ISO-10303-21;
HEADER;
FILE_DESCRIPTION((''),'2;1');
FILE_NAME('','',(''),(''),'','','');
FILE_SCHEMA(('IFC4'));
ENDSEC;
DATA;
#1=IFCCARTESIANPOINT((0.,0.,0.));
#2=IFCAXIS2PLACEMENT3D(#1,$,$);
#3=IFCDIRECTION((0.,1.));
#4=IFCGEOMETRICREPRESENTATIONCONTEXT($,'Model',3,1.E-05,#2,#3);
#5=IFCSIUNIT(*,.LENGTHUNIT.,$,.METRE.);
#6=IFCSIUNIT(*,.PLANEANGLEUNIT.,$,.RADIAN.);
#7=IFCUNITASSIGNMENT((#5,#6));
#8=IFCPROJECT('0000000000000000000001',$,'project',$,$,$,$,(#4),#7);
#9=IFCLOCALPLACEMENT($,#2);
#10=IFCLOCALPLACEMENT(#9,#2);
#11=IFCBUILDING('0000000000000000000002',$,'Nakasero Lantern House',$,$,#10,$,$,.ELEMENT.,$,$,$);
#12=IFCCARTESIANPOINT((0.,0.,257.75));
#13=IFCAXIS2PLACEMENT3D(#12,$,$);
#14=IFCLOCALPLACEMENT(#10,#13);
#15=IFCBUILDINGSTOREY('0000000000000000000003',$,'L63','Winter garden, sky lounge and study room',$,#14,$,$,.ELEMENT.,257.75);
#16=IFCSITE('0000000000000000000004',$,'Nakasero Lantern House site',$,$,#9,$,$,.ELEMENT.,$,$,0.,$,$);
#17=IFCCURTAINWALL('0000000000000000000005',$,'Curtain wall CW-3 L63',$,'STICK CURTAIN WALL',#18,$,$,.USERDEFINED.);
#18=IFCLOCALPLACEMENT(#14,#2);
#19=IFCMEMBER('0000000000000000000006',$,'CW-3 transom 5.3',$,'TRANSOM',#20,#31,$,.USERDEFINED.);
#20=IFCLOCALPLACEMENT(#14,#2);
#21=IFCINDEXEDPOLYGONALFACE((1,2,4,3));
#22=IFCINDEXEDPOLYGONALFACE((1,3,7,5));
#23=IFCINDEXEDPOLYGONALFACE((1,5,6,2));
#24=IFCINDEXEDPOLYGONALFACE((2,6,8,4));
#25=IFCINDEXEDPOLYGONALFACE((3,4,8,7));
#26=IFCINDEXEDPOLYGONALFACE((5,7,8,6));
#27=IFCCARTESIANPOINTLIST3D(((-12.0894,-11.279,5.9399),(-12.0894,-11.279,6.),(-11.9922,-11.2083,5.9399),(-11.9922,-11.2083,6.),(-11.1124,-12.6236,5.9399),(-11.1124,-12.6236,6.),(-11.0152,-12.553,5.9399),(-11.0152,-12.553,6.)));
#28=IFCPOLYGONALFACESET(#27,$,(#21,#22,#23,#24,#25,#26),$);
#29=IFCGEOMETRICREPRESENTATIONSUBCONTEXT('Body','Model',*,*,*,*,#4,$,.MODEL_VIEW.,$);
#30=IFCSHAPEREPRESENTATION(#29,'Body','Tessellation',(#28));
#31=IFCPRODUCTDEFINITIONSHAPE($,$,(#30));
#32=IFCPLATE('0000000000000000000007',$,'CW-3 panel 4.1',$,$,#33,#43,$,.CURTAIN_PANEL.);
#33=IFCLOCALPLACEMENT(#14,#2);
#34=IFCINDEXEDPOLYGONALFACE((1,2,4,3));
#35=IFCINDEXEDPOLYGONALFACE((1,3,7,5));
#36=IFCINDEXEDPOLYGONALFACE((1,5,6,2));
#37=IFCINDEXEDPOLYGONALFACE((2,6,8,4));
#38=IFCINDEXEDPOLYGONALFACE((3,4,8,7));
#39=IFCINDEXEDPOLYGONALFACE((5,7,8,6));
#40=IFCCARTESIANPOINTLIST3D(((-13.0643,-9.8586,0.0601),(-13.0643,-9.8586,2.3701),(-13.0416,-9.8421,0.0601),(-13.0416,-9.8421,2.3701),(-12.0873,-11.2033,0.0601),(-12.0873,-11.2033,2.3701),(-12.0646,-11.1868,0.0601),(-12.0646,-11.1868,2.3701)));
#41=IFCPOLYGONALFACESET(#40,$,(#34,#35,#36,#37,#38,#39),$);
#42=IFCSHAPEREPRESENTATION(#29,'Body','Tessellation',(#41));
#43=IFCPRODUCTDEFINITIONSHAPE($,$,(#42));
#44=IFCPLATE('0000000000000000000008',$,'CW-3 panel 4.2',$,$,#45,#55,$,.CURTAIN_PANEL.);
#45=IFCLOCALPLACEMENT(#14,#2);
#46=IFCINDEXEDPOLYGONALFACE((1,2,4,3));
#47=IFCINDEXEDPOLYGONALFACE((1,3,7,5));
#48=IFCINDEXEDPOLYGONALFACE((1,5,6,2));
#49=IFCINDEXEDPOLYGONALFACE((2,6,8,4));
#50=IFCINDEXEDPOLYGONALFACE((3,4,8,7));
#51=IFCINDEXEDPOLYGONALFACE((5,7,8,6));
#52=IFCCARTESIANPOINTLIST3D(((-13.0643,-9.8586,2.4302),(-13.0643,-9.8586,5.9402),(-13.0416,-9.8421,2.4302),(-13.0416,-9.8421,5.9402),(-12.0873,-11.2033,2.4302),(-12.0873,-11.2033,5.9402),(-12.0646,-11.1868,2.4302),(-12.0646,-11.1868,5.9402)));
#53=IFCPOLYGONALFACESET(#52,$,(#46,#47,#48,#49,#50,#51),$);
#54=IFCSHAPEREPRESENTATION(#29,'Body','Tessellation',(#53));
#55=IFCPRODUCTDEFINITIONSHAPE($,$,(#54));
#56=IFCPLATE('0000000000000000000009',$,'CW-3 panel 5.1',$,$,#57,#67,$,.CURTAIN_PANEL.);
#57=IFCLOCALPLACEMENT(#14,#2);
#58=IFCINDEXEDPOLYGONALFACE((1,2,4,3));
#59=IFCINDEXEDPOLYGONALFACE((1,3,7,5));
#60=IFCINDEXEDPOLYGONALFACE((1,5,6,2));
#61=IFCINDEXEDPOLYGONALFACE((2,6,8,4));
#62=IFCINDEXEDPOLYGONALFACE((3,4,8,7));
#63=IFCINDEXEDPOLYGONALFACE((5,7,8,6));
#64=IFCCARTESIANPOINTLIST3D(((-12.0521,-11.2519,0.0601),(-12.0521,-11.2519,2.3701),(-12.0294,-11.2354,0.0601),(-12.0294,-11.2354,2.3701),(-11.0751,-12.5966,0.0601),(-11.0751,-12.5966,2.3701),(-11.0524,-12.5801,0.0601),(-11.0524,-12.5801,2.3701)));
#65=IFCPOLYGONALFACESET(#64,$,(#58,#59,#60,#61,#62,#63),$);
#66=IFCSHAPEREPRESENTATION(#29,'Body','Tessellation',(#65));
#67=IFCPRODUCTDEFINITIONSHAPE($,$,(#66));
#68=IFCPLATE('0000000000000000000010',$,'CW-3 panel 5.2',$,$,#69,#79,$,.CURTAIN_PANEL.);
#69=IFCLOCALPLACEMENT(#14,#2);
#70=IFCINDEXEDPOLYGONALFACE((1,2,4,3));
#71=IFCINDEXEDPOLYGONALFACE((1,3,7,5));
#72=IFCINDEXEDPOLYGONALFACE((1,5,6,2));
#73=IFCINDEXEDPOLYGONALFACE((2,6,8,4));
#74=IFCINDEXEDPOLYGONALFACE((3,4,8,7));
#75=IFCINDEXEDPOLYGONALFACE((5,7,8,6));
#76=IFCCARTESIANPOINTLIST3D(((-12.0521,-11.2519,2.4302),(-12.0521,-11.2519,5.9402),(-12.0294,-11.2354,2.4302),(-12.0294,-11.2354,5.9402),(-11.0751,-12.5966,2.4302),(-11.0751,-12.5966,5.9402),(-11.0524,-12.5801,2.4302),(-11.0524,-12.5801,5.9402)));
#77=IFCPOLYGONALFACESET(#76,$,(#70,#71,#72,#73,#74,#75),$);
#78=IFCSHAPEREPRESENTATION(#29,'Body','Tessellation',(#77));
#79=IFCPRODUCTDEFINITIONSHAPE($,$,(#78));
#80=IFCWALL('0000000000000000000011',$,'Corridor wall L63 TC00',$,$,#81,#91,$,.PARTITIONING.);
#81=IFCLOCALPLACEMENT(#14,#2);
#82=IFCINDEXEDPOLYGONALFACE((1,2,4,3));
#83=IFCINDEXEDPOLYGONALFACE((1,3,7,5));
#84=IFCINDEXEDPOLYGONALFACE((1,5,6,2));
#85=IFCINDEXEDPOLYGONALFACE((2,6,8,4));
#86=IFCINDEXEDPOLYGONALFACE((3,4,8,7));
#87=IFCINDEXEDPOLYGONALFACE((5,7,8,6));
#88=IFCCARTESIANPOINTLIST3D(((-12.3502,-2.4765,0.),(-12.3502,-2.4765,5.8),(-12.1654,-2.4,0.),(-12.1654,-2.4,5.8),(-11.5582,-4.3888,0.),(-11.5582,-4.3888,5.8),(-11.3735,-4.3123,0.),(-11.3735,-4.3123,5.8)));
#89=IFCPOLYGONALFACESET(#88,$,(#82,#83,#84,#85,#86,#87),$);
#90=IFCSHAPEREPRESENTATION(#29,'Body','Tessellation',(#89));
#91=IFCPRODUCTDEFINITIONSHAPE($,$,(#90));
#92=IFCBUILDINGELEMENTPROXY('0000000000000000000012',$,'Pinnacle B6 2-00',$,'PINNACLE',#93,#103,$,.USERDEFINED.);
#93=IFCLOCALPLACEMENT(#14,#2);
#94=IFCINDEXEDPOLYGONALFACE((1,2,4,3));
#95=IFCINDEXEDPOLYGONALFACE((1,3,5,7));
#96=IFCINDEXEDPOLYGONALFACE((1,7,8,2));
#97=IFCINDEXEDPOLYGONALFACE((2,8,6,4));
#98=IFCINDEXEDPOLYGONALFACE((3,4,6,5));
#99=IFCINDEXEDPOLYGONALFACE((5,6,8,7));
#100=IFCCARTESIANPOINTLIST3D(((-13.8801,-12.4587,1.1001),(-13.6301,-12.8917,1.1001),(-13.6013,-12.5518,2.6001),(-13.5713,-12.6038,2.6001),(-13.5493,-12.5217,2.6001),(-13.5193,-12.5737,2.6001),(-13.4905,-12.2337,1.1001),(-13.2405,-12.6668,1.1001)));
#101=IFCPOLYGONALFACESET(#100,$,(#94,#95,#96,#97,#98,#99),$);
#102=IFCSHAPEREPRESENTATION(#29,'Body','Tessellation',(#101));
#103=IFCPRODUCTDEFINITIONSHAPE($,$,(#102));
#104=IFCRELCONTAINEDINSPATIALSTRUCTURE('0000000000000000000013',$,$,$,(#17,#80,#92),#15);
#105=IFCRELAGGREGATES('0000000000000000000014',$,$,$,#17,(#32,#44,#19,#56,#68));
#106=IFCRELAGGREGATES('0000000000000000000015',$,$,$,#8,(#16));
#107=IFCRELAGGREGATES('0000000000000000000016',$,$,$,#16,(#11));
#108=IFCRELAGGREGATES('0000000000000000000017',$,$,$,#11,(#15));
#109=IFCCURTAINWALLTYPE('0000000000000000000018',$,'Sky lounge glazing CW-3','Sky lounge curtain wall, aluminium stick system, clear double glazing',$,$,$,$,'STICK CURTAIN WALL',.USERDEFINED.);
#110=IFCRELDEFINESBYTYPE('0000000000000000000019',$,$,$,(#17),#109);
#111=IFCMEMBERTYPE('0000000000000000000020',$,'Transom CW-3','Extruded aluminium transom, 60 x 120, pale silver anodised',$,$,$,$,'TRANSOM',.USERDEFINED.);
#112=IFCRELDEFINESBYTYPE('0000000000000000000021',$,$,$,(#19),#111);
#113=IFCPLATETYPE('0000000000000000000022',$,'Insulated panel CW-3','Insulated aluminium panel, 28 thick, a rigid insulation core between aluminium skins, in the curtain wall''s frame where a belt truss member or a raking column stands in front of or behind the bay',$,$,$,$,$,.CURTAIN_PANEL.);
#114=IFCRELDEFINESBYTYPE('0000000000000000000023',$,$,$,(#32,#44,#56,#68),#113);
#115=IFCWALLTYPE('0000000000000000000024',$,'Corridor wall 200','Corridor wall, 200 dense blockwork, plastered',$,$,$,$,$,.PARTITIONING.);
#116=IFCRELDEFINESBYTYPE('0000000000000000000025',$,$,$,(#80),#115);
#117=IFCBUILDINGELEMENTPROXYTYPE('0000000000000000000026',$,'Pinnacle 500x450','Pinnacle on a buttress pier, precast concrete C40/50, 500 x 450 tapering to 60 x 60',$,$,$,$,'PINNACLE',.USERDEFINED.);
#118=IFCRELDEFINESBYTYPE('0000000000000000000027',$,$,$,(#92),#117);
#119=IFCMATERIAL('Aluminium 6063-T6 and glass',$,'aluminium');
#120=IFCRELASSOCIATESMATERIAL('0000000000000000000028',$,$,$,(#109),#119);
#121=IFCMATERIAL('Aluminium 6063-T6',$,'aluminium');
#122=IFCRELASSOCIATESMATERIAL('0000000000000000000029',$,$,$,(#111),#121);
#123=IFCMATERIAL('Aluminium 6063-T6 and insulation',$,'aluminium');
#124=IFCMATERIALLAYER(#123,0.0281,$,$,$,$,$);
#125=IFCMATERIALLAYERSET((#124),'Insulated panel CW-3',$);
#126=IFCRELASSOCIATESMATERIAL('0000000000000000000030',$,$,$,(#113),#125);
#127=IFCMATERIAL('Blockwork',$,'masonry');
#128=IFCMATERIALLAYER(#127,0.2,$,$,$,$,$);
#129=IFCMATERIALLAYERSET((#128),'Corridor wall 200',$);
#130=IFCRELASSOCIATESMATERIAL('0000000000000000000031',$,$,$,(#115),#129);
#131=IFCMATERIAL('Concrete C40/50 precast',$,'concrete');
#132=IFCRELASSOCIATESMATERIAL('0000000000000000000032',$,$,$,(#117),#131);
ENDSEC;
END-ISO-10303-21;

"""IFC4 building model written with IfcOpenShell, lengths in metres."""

from ifc_helpers import new_model, entity, si_unit, direction, frame, frame_2d, origin, origin_2d, place, context, subcontext, project, spatial, rectangle, extrude, material, layer, layer_set, material_profile, profile_set, type_object, element, aggregate, save


model = new_model("IFC4")

# Units and contexts
model_context = context("Model", 3, precision=1e-05, world=origin(), true_north=direction((0.0, 1.0)))
body_context = subcontext(model_context, "Body", "Model", "MODEL_VIEW")
ifc_project = project(units=[si_unit("LENGTHUNIT", "METRE"), si_unit("PLANEANGLEUNIT", "RADIAN")], contexts=[model_context])

# Site, building, storey
site_placement = place(None, origin())
site = spatial("IfcSite", under=ifc_project, at=site_placement, Name="Nakasero Lantern House site", CompositionType="ELEMENT", RefElevation=0.0)
building_placement = place(site_placement, origin())
building = spatial("IfcBuilding", under=site, at=building_placement, Name="Nakasero Lantern House", CompositionType="ELEMENT")
storey_placement = place(building_placement, frame((0.0, 0.0, 257.75)))
storey = spatial("IfcBuildingStorey", under=building, at=storey_placement, Name="L63", Description="Winter garden, sky lounge and study room", CompositionType="ELEMENT", Elevation=257.75)

# Curtain wall
ifc_material_1 = material(Name="Aluminium 6063-T6 and glass", Category="aluminium")
curtain_wall_type = type_object("IfcCurtainWallType", Name="Sky lounge glazing CW-3", Description="Sky lounge curtain wall, aluminium stick system, clear double glazing", ElementType="STICK CURTAIN WALL", PredefinedType="USERDEFINED", material=ifc_material_1)
curtain_wall_placement = place(storey_placement, origin())
curtain_wall = element("IfcCurtainWall", 1, at=curtain_wall_placement, inside=storey, type_object=curtain_wall_type, Name="Curtain wall CW-3 L63", ObjectType="STICK CURTAIN WALL", PredefinedType="USERDEFINED")

# Member
ifc_material_2 = material(Name="Aluminium 6063-T6", Category="aluminium")
ifc_material_profile_1 = material_profile(ifc_material_2, rectangle(XDim=0.0601, YDim=0.1201, at=origin_2d()), Name="CW-3 transom 60x120")
ifc_profile_set_1 = profile_set([ifc_material_profile_1], Name="Aluminium 6063-T6")
member_type_1 = type_object("IfcMemberType", Name="Transom CW-3", Description="Extruded aluminium transom, 60 x 120, pale silver anodised", ElementType="TRANSOM", PredefinedType="USERDEFINED", material=ifc_profile_set_1)
member_1_placement = place(storey_placement, frame((-12.0408, -11.2437, 5.97), z_axis=(0.587805, -0.809003, 0.0), x_axis=(0.0, 0.0, 1.0)))
member_1 = element("IfcMember", 2, at=member_1_placement, type_object=member_type_1, Name="CW-3 transom 5.3", ObjectType="TRANSOM", PredefinedType="USERDEFINED", context=body_context, shape_type="SweptSolid", body=[
    extrude(rectangle(XDim=0.0601, YDim=0.1201, at=origin_2d()), origin(), (0.0, 0.0, 1.0), 1.6621),
])

# Plates
ifc_material_3 = material(Name="Aluminium 6063-T6 and insulation", Category="aluminium")
ifc_layer_1 = layer(ifc_material_3, 0.0281)
ifc_layer_set_1 = layer_set([ifc_layer_1], Name="Insulated panel CW-3")
plate_type = type_object("IfcPlateType", Name="Insulated panel CW-3", Description="Insulated aluminium panel, 28 thick, a rigid insulation core between aluminium skins, in the curtain wall's frame where a belt truss member or a raking column stands in front of or behind the bay", PredefinedType="CURTAIN_PANEL", material=ifc_layer_set_1)
plate_1_placement = place(storey_placement, frame((-12.5645, -10.5227, 0.0601), z_axis=(0.0, 0.0, 1.0), x_axis=(0.587785, -0.809017, 0.0)))
plate_1 = element("IfcPlate", 3, at=plate_1_placement, type_object=plate_type, Name="CW-3 panel 4.1", PredefinedType="CURTAIN_PANEL", context=body_context, shape_type="SweptSolid", body=[
    extrude(rectangle(XDim=1.6621, YDim=0.0281, at=origin_2d()), origin(), (0.0, 0.0, 1.0), 2.3101),
])
plate_2_placement = place(storey_placement, frame((-12.5645, -10.5227, 2.4302), z_axis=(0.0, 0.0, 1.0), x_axis=(0.587785, -0.809017, 0.0)))
plate_2 = element("IfcPlate", 4, at=plate_2_placement, type_object=plate_type, Name="CW-3 panel 4.2", PredefinedType="CURTAIN_PANEL", context=body_context, shape_type="SweptSolid", body=[
    extrude(rectangle(XDim=1.6621, YDim=0.0281, at=origin_2d()), origin(), (0.0, 0.0, 1.0), 3.51),
])
plate_3_placement = place(storey_placement, frame((-11.5522, -11.916, 0.0601), z_axis=(0.0, 0.0, 1.0), x_axis=(0.587785, -0.809017, 0.0)))
plate_3 = element("IfcPlate", 5, at=plate_3_placement, type_object=plate_type, Name="CW-3 panel 5.1", PredefinedType="CURTAIN_PANEL", context=body_context, shape_type="SweptSolid", body=[
    extrude(rectangle(XDim=1.6621, YDim=0.0281, at=origin_2d()), origin(), (0.0, 0.0, 1.0), 2.3101),
])
plate_4_placement = place(storey_placement, frame((-11.5522, -11.916, 2.4302), z_axis=(0.0, 0.0, 1.0), x_axis=(0.587785, -0.809017, 0.0)))
plate_4 = element("IfcPlate", 6, at=plate_4_placement, type_object=plate_type, Name="CW-3 panel 5.2", PredefinedType="CURTAIN_PANEL", context=body_context, shape_type="SweptSolid", body=[
    extrude(rectangle(XDim=1.6621, YDim=0.0281, at=origin_2d()), origin(), (0.0, 0.0, 1.0), 3.51),
])
aggregate(curtain_wall, [plate_1, plate_2, member_1, plate_3, plate_4])

# Wall
ifc_material_4 = material(Name="Blockwork", Category="masonry")
ifc_layer_2 = layer(ifc_material_4, 0.2)
ifc_layer_set_2 = layer_set([ifc_layer_2], Name="Corridor wall 200")
wall_type = type_object("IfcWallType", Name="Corridor wall 200", Description="Corridor wall, 200 dense blockwork, plastered", PredefinedType="PARTITIONING", material=ifc_layer_set_2)
wall_1_placement = place(storey_placement, frame((-11.4658, -4.3506, 0.0), z_axis=(0.0, 0.0, 1.0), x_axis=(-0.38263, 0.923902, 0.0)))
element("IfcWall", 7, at=wall_1_placement, inside=storey, type_object=wall_type, Name="Corridor wall L63 TC00", PredefinedType="PARTITIONING", context=body_context, shape_type="SweptSolid", body=[
    extrude(rectangle(XDim=2.0698, YDim=0.2, at=frame_2d((1.0349, 0.0))), origin(), (0.0, 0.0, 1.0), 5.8),
])

# Building element proxy
ifc_material_5 = material(Name="Concrete C40/50 precast", Category="concrete")
building_element_proxy_type = type_object("IfcBuildingElementProxyType", Name="Pinnacle 500x450", Description="Pinnacle on a buttress pier, precast concrete C40/50, 500 x 450 tapering to 60 x 60", ElementType="PINNACLE", PredefinedType="USERDEFINED", material=ifc_material_5)
proxy_placement = place(storey_placement, frame((-13.5603, -12.5627, 1.1001), z_axis=(0.0, 0.0, 1.0), x_axis=(-0.866025, -0.5, 0.0)))
element("IfcBuildingElementProxy", 8, at=proxy_placement, inside=storey, type_object=building_element_proxy_type, Name="Pinnacle B6 2-00", ObjectType="PINNACLE", PredefinedType="USERDEFINED", context=body_context, shape_type="SweptSolid", body=[
    entity("IfcExtrudedAreaSolidTapered", entity("IfcRectangleProfileDef", "AREA", None, entity("IfcAxis2Placement2D", entity("IfcCartesianPoint", [0.0, 0.0])), 0.45, 0.5), entity("IfcAxis2Placement3D", entity("IfcCartesianPoint", [0.0, 0.0, 0.0])), entity("IfcDirection", [0.0, 0.0, 1.0]), 1.5, entity("IfcRectangleProfileDef", "AREA", None, entity("IfcAxis2Placement2D", entity("IfcCartesianPoint", [0.0, 0.0])), 0.0601, 0.0601)),
])

save(model, "model.ifc")
